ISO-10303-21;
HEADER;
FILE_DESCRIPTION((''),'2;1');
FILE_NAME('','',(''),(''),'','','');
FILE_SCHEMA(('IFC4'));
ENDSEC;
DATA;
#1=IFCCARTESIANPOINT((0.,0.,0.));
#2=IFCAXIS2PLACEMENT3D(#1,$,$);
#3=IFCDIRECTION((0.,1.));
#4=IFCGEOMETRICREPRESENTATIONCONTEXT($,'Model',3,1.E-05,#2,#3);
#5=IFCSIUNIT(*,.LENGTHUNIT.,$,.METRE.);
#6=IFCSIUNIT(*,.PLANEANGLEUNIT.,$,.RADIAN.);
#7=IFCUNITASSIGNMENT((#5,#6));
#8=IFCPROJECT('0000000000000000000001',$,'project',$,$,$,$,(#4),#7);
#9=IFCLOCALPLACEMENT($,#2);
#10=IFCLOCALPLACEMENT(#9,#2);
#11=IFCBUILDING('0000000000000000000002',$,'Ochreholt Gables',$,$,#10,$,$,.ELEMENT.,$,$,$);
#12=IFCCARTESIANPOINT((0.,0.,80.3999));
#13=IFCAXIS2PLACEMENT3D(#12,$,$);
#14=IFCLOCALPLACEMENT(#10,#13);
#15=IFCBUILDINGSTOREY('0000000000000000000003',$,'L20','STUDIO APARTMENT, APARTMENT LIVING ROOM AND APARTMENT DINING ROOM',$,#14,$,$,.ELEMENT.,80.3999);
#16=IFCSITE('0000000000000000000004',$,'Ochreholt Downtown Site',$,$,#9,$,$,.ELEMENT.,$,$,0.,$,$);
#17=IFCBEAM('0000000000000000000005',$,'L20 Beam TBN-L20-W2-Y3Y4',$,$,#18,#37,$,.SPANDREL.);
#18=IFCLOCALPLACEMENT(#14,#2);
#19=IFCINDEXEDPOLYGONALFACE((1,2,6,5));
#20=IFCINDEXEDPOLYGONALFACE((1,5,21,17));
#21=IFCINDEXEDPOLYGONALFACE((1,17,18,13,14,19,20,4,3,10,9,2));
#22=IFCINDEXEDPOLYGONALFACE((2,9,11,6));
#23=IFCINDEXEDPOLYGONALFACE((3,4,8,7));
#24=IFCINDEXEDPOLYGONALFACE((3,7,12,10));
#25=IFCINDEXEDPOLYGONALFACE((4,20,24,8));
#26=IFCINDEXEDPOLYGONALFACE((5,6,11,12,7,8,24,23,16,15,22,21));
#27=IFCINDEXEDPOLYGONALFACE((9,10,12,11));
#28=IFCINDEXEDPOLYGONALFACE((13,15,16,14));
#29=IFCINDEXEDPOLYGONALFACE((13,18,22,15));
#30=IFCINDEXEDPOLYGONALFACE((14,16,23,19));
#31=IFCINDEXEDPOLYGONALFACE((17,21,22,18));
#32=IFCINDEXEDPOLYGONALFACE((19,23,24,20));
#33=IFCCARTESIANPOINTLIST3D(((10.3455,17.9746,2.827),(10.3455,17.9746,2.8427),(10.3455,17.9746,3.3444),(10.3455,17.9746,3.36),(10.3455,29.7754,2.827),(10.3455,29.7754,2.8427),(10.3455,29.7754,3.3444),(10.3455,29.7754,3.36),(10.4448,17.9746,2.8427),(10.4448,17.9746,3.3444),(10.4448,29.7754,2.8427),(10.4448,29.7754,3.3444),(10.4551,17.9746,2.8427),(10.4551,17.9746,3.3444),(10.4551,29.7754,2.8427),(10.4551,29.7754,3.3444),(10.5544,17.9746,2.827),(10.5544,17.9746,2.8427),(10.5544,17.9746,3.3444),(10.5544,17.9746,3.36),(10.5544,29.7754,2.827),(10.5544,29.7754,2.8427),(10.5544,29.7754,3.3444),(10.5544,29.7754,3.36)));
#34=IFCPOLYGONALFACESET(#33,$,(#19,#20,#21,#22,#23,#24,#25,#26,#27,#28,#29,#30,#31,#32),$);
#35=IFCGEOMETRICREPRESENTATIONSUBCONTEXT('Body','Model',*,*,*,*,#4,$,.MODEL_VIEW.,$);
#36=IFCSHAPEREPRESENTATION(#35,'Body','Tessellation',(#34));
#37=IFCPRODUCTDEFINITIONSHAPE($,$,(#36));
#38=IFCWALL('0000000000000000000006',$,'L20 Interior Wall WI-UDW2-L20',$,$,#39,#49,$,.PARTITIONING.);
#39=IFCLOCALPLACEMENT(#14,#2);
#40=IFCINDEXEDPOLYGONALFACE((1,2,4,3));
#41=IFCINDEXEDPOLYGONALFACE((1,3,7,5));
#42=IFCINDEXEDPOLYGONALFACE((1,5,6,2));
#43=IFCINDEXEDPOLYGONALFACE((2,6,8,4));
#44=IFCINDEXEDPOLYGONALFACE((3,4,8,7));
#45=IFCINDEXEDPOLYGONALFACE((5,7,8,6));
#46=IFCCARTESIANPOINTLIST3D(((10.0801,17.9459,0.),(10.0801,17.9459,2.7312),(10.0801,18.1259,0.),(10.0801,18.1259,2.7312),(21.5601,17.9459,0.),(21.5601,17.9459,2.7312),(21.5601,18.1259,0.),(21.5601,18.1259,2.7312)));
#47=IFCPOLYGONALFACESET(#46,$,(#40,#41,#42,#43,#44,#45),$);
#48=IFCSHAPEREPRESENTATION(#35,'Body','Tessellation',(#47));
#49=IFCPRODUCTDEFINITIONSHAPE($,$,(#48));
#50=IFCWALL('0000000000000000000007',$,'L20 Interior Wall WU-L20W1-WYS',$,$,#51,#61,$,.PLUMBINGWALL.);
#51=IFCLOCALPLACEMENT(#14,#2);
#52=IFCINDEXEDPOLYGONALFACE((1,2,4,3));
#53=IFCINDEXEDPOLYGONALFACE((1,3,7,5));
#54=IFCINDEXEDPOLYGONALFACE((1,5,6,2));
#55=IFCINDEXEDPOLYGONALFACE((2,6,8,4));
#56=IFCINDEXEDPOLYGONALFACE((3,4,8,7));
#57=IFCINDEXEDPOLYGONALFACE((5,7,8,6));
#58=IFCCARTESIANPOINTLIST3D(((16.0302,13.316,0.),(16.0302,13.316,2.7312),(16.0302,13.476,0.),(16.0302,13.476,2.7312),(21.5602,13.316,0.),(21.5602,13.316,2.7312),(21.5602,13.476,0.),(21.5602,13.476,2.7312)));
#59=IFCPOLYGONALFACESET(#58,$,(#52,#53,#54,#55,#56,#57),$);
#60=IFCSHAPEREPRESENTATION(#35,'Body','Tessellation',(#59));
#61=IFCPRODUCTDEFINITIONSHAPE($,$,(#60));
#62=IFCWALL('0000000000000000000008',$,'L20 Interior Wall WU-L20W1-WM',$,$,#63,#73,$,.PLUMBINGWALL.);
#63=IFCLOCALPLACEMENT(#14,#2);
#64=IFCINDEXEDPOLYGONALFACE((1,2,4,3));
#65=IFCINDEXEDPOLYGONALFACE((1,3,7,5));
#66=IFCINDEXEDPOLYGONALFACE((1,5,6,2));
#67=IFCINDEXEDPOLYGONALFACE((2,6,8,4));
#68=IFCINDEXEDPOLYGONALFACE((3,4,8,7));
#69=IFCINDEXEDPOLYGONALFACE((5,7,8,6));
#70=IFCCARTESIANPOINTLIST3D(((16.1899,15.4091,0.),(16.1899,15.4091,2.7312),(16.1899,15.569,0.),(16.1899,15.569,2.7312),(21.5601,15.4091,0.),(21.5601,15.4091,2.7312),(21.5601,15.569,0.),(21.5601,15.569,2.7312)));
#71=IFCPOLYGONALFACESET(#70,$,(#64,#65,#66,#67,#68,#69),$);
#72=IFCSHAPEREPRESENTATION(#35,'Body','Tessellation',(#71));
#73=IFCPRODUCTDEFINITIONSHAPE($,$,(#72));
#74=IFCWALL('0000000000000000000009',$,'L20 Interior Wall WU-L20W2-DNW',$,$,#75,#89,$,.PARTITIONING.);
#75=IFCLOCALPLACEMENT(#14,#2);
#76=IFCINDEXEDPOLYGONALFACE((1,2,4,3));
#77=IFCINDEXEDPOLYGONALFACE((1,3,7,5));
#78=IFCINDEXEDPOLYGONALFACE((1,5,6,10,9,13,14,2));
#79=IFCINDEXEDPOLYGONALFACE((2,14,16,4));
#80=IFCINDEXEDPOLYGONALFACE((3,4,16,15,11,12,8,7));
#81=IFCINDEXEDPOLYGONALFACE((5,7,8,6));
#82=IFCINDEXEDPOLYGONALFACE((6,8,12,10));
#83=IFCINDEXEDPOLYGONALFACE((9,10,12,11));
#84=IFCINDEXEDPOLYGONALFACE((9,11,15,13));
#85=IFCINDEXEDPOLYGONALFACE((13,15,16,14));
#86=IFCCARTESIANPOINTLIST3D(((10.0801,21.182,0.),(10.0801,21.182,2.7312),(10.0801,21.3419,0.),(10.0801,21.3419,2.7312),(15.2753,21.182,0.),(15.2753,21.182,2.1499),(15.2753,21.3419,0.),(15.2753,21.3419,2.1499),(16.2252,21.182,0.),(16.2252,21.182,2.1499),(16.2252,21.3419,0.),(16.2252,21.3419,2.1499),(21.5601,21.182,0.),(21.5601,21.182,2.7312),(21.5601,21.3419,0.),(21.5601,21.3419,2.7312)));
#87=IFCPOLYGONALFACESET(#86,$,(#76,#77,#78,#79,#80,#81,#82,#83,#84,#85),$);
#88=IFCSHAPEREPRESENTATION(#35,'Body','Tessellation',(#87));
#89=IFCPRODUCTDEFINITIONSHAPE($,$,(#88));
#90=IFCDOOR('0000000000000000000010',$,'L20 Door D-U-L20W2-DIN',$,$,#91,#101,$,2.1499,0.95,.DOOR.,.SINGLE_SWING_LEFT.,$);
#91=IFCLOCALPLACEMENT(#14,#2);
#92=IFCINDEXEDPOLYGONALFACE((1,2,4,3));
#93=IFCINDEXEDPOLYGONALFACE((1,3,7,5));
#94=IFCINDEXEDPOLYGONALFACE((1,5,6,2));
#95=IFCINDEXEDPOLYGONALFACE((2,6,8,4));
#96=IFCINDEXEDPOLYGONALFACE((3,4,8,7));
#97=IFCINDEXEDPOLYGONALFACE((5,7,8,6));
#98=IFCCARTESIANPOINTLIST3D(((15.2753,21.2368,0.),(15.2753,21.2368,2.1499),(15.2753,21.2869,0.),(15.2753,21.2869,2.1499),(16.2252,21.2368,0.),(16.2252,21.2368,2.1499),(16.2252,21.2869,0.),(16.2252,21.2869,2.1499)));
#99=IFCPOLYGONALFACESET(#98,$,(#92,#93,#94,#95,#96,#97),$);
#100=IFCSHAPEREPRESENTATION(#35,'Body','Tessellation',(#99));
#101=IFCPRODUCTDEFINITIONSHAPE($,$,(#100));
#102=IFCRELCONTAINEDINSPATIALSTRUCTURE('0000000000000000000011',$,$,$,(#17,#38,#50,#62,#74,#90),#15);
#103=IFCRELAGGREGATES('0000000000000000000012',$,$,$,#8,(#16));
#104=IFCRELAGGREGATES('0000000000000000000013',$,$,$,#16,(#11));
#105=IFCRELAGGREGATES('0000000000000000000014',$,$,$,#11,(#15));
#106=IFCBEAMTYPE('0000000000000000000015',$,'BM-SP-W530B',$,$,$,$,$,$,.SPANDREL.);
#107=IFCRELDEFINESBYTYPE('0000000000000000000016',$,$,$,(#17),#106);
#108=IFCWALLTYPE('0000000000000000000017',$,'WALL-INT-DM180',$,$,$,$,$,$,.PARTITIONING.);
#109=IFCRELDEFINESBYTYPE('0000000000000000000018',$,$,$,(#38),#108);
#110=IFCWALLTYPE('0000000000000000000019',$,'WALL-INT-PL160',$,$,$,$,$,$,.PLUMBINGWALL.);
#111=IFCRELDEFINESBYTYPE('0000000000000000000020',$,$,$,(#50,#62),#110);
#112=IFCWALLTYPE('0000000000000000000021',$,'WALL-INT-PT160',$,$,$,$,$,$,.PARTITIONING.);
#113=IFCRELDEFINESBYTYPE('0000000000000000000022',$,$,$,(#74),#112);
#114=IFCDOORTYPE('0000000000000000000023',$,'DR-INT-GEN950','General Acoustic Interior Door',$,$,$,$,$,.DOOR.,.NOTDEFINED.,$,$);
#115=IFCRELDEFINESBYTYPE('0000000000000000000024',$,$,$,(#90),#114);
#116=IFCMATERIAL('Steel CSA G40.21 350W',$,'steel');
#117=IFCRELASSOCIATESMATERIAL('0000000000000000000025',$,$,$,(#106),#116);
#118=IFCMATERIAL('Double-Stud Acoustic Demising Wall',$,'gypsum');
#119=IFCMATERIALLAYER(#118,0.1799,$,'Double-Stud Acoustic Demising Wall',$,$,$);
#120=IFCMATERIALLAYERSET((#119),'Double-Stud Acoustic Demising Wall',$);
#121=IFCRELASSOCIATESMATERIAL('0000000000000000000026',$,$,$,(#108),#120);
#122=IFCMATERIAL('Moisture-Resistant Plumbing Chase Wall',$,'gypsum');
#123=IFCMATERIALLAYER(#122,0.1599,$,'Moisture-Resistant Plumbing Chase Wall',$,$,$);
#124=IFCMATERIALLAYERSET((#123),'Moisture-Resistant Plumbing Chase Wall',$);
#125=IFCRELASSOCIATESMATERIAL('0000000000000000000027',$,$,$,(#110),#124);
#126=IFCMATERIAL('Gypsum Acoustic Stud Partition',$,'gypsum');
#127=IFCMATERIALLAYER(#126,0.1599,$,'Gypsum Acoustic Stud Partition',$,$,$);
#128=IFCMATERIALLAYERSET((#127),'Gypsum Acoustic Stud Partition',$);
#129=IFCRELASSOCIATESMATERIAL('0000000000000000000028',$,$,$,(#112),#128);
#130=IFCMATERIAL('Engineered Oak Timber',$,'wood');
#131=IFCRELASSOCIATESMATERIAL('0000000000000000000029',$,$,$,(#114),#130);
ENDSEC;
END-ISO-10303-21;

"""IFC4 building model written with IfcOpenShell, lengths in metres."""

from ifc_helpers import new_model, si_unit, direction, frame, frame_2d, origin, origin_2d, place, context, subcontext, project, spatial, rectangle, i_section, extrude, material, layer, layer_set, material_profile, profile_set, type_object, element, fill, save


model = new_model("IFC4")

# Units and contexts
model_context = context("Model", 3, precision=1e-05, world=origin(), true_north=direction((0.0, 1.0)))
body_context = subcontext(model_context, "Body", "Model", "MODEL_VIEW")
ifc_project = project(units=[si_unit("LENGTHUNIT", "METRE"), si_unit("PLANEANGLEUNIT", "RADIAN")], contexts=[model_context])

# Site, building, storey
site_placement = place(None, origin())
site = spatial("IfcSite", under=ifc_project, at=site_placement, Name="Ochreholt Downtown Site", CompositionType="ELEMENT", RefElevation=0.0)
building_placement = place(site_placement, origin())
building = spatial("IfcBuilding", under=site, at=building_placement, Name="Ochreholt Gables", CompositionType="ELEMENT")
storey_placement = place(building_placement, frame((0.0, 0.0, 80.3999)))
storey = spatial("IfcBuildingStorey", under=building, at=storey_placement, Name="L20", Description="STUDIO APARTMENT, APARTMENT LIVING ROOM AND APARTMENT DINING ROOM", CompositionType="ELEMENT", Elevation=80.3999)

# Beam
ifc_material_1 = material(Name="Steel CSA G40.21 350W", Category="steel")
ifc_material_profile_1 = material_profile(ifc_material_1, i_section(OverallWidth=0.209, OverallDepth=0.533, WebThickness=0.0103, FlangeThickness=0.0156, at=origin_2d()), Name="W530X92")
ifc_profile_set_1 = profile_set([ifc_material_profile_1], Name="Steel CSA G40.21 350W")
beam_type_1 = type_object("IfcBeamType", Name="BM-SP-W530B", PredefinedType="SPANDREL", material=ifc_profile_set_1)
beam_1_placement = place(storey_placement, frame((10.45, 17.9746, 3.0935), z_axis=(0.0, 1.0, 0.0), x_axis=(-1.0, 0.0, 0.0)))
element("IfcBeam", 1, at=beam_1_placement, inside=storey, type_object=beam_type_1, Name="L20 Beam TBN-L20-W2-Y3Y4", PredefinedType="SPANDREL", context=body_context, shape_type="SweptSolid", body=[
    extrude(i_section(OverallWidth=0.209, OverallDepth=0.533, WebThickness=0.0103, FlangeThickness=0.0156, at=origin_2d()), origin(), (0.0, 0.0, 1.0), 11.8008),
])

# Walls
ifc_material_2 = material(Name="Double-Stud Acoustic Demising Wall", Category="gypsum")
ifc_layer_1 = layer(ifc_material_2, 0.1799, Name="Double-Stud Acoustic Demising Wall")
ifc_layer_set_1 = layer_set([ifc_layer_1], Name="Double-Stud Acoustic Demising Wall")
wall_type_1 = type_object("IfcWallType", Name="WALL-INT-DM180", PredefinedType="PARTITIONING", material=ifc_layer_set_1)
wall_1_placement = place(storey_placement, frame((10.0801, 18.0359, 0.0), z_axis=(0.0, 0.0, 1.0), x_axis=(1.0, 0.0, 0.0)))
element("IfcWall", 2, at=wall_1_placement, inside=storey, type_object=wall_type_1, Name="L20 Interior Wall WI-UDW2-L20", PredefinedType="PARTITIONING", context=body_context, shape_type="SweptSolid", body=[
    extrude(rectangle(XDim=11.48, YDim=0.1799, at=frame_2d((5.74, 0.0))), origin(), (0.0, 0.0, 1.0), 2.7312),
])
ifc_material_3 = material(Name="Moisture-Resistant Plumbing Chase Wall", Category="gypsum")
ifc_layer_2 = layer(ifc_material_3, 0.1599, Name="Moisture-Resistant Plumbing Chase Wall")
ifc_layer_set_2 = layer_set([ifc_layer_2], Name="Moisture-Resistant Plumbing Chase Wall")
wall_type_2 = type_object("IfcWallType", Name="WALL-INT-PL160", PredefinedType="PLUMBINGWALL", material=ifc_layer_set_2)
wall_2_placement = place(storey_placement, frame((16.03, 13.396, 0.0), z_axis=(0.0, 0.0, 1.0), x_axis=(1.0, 0.0, 0.0)))
element("IfcWall", 3, at=wall_2_placement, inside=storey, type_object=wall_type_2, Name="L20 Interior Wall WU-L20W1-WYS", PredefinedType="PLUMBINGWALL", context=body_context, shape_type="SweptSolid", body=[
    extrude(rectangle(XDim=5.53, YDim=0.1599, at=frame_2d((2.7651, 0.0))), origin(), (0.0, 0.0, 1.0), 2.7312),
])

# Shared definitions
ifc_material_4 = material(Name="Engineered Oak Timber", Category="wood")

# Wall
wall_3_placement = place(storey_placement, frame((16.1899, 15.489, 0.0), z_axis=(0.0, 0.0, 1.0), x_axis=(1.0, 0.0, 0.0)))
element("IfcWall", 4, at=wall_3_placement, inside=storey, type_object=wall_type_2, Name="L20 Interior Wall WU-L20W1-WM", PredefinedType="PLUMBINGWALL", context=body_context, shape_type="SweptSolid", body=[
    extrude(rectangle(XDim=5.3701, YDim=0.1599, at=frame_2d((2.6851, 0.0))), origin(), (0.0, 0.0, 1.0), 2.7312),
])

# Wall, opening, door
ifc_material_5 = material(Name="Gypsum Acoustic Stud Partition", Category="gypsum")
ifc_layer_3 = layer(ifc_material_5, 0.1599, Name="Gypsum Acoustic Stud Partition")
ifc_layer_set_3 = layer_set([ifc_layer_3], Name="Gypsum Acoustic Stud Partition")
wall_type_3 = type_object("IfcWallType", Name="WALL-INT-PT160", PredefinedType="PARTITIONING", material=ifc_layer_set_3)
wall_4_placement = place(storey_placement, frame((10.0801, 21.262, 0.0), z_axis=(0.0, 0.0, 1.0), x_axis=(1.0, 0.0, 0.0)))
wall_4 = element("IfcWall", 5, at=wall_4_placement, inside=storey, type_object=wall_type_3, Name="L20 Interior Wall WU-L20W2-DNW", PredefinedType="PARTITIONING", context=body_context, shape_type="SweptSolid", body=[
    extrude(rectangle(XDim=11.48, YDim=0.1599, at=frame_2d((5.74, 0.0))), origin(), (0.0, 0.0, 1.0), 2.7312),
])
opening_1_placement = place(wall_4_placement, frame((5.1951, 0.0, 0.0)))
opening_1 = element("IfcOpeningElement", 6, at=opening_1_placement, cuts=wall_4, PredefinedType="OPENING", context=body_context, shape_type="SweptSolid", body=[
    extrude(rectangle(XDim=0.95, YDim=2.1499, at=frame_2d((0.4751, 1.075))), frame((0.0, 0.0898, 0.0), z_axis=(0.0, -1.0, 0.0), x_axis=(1.0, 0.0, 0.0)), (0.0, 0.0, 1.0), 0.1799),
])
door_type_1 = type_object("IfcDoorType", Name="DR-INT-GEN950", Description="General Acoustic Interior Door", OperationType="NOTDEFINED", PredefinedType="DOOR", material=ifc_material_4)
door_1_placement = place(opening_1_placement, origin())
door_1 = element("IfcDoor", 7, at=door_1_placement, inside=storey, type_object=door_type_1, Name="L20 Door D-U-L20W2-DIN", OperationType="SINGLE_SWING_LEFT", OverallHeight=2.1499, OverallWidth=0.95, PredefinedType="DOOR", context=body_context, shape_type="SweptSolid", body=[
    extrude(rectangle(XDim=0.95, YDim=2.1499, at=frame_2d((0.4751, 1.075))), frame((0.0, 0.0249, 0.0), z_axis=(0.0, -1.0, 0.0), x_axis=(1.0, 0.0, 0.0)), (0.0, 0.0, 1.0), 0.05),
])
fill(opening_1, door_1)

save(model, "model.ifc")
